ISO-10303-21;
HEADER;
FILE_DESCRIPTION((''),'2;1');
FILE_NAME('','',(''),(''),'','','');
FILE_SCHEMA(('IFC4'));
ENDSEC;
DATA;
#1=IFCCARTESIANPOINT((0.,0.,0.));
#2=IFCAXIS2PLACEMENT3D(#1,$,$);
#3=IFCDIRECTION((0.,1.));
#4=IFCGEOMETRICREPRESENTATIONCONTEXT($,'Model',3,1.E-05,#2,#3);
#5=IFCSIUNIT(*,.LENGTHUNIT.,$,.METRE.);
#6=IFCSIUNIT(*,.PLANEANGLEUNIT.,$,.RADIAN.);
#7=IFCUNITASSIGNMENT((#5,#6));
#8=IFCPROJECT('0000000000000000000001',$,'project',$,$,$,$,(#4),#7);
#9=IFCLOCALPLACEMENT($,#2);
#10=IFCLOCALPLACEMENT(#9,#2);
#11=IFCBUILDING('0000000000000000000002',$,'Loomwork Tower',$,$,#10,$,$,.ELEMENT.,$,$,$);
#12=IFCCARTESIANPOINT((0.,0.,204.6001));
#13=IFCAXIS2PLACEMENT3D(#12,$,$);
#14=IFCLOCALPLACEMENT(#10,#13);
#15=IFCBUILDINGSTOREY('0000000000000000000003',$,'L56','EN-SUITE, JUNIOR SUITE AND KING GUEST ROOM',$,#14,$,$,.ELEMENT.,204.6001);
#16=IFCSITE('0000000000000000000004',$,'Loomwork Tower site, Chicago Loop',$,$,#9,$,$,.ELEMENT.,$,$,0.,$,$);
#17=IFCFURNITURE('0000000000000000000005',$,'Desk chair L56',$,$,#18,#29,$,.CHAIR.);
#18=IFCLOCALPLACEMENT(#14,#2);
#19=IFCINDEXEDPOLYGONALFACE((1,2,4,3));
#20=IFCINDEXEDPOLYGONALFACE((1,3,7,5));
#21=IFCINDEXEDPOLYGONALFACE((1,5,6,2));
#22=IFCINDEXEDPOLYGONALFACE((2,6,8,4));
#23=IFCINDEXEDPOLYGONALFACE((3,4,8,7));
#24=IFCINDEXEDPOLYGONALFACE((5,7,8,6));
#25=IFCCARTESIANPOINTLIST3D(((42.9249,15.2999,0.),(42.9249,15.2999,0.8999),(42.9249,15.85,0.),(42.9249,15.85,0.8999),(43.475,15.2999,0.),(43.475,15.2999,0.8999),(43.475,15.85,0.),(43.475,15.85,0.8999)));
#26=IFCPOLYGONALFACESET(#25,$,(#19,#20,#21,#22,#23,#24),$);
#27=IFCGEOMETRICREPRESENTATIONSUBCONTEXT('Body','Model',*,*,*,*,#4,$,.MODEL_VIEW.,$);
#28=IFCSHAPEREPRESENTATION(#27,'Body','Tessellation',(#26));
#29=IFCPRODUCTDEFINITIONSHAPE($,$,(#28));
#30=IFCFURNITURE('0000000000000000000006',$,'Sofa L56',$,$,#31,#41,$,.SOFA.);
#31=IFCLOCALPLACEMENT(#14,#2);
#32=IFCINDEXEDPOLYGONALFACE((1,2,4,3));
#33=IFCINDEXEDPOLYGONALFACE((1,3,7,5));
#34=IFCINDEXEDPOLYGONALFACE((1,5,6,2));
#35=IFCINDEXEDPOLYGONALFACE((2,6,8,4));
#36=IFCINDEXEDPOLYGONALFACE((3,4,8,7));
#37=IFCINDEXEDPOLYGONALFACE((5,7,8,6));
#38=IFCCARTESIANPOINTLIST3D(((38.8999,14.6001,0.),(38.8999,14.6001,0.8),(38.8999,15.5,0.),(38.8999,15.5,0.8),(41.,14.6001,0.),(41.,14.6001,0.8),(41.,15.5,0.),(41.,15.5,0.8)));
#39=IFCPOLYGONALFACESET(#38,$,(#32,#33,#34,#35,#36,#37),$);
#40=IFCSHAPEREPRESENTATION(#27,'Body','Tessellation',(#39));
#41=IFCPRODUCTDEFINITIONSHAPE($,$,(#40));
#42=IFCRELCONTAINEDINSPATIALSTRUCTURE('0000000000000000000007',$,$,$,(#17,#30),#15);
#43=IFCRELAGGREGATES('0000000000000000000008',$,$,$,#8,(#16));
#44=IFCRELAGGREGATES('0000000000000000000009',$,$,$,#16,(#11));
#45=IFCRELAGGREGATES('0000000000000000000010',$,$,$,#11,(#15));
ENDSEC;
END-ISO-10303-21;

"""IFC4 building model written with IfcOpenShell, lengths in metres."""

from ifc_helpers import new_model, si_unit, direction, frame, origin, origin_2d, place, context, subcontext, project, spatial, rectangle, extrude, element, save


model = new_model("IFC4")

# Units and contexts
model_context = context("Model", 3, precision=1e-05, world=origin(), true_north=direction((0.0, 1.0)))
body_context = subcontext(model_context, "Body", "Model", "MODEL_VIEW")
ifc_project = project(units=[si_unit("LENGTHUNIT", "METRE"), si_unit("PLANEANGLEUNIT", "RADIAN")], contexts=[model_context])

# Site, building, storey
site_placement = place(None, origin())
site = spatial("IfcSite", under=ifc_project, at=site_placement, Name="Loomwork Tower site, Chicago Loop", CompositionType="ELEMENT", RefElevation=0.0)
building_placement = place(site_placement, origin())
building = spatial("IfcBuilding", under=site, at=building_placement, Name="Loomwork Tower", CompositionType="ELEMENT")
storey_placement = place(building_placement, frame((0.0, 0.0, 204.6001)))
storey = spatial("IfcBuildingStorey", under=building, at=storey_placement, Name="L56", Description="EN-SUITE, JUNIOR SUITE AND KING GUEST ROOM", CompositionType="ELEMENT", Elevation=204.6001)

# Furniture
furniture_1_placement = place(storey_placement, frame((43.2, 15.575, 0.0), z_axis=(0.0, 0.0, 1.0), x_axis=(1.0, 0.0, 0.0)))
element("IfcFurniture", 1, at=furniture_1_placement, inside=storey, Name="Desk chair L56", PredefinedType="CHAIR", context=body_context, shape_type="SweptSolid", body=[
    extrude(rectangle(XDim=0.55, YDim=0.55, at=origin_2d()), origin(), (0.0, 0.0, 1.0), 0.8999),
])
furniture_2_placement = place(storey_placement, frame((39.95, 15.05, 0.0), z_axis=(0.0, 0.0, 1.0), x_axis=(1.0, 0.0, 0.0)))
element("IfcFurniture", 2, at=furniture_2_placement, inside=storey, Name="Sofa L56", PredefinedType="SOFA", context=body_context, shape_type="SweptSolid", body=[
    extrude(rectangle(XDim=2.1001, YDim=0.8999, at=origin_2d()), origin(), (0.0, 0.0, 1.0), 0.8),
])

save(model, "model.ifc")
